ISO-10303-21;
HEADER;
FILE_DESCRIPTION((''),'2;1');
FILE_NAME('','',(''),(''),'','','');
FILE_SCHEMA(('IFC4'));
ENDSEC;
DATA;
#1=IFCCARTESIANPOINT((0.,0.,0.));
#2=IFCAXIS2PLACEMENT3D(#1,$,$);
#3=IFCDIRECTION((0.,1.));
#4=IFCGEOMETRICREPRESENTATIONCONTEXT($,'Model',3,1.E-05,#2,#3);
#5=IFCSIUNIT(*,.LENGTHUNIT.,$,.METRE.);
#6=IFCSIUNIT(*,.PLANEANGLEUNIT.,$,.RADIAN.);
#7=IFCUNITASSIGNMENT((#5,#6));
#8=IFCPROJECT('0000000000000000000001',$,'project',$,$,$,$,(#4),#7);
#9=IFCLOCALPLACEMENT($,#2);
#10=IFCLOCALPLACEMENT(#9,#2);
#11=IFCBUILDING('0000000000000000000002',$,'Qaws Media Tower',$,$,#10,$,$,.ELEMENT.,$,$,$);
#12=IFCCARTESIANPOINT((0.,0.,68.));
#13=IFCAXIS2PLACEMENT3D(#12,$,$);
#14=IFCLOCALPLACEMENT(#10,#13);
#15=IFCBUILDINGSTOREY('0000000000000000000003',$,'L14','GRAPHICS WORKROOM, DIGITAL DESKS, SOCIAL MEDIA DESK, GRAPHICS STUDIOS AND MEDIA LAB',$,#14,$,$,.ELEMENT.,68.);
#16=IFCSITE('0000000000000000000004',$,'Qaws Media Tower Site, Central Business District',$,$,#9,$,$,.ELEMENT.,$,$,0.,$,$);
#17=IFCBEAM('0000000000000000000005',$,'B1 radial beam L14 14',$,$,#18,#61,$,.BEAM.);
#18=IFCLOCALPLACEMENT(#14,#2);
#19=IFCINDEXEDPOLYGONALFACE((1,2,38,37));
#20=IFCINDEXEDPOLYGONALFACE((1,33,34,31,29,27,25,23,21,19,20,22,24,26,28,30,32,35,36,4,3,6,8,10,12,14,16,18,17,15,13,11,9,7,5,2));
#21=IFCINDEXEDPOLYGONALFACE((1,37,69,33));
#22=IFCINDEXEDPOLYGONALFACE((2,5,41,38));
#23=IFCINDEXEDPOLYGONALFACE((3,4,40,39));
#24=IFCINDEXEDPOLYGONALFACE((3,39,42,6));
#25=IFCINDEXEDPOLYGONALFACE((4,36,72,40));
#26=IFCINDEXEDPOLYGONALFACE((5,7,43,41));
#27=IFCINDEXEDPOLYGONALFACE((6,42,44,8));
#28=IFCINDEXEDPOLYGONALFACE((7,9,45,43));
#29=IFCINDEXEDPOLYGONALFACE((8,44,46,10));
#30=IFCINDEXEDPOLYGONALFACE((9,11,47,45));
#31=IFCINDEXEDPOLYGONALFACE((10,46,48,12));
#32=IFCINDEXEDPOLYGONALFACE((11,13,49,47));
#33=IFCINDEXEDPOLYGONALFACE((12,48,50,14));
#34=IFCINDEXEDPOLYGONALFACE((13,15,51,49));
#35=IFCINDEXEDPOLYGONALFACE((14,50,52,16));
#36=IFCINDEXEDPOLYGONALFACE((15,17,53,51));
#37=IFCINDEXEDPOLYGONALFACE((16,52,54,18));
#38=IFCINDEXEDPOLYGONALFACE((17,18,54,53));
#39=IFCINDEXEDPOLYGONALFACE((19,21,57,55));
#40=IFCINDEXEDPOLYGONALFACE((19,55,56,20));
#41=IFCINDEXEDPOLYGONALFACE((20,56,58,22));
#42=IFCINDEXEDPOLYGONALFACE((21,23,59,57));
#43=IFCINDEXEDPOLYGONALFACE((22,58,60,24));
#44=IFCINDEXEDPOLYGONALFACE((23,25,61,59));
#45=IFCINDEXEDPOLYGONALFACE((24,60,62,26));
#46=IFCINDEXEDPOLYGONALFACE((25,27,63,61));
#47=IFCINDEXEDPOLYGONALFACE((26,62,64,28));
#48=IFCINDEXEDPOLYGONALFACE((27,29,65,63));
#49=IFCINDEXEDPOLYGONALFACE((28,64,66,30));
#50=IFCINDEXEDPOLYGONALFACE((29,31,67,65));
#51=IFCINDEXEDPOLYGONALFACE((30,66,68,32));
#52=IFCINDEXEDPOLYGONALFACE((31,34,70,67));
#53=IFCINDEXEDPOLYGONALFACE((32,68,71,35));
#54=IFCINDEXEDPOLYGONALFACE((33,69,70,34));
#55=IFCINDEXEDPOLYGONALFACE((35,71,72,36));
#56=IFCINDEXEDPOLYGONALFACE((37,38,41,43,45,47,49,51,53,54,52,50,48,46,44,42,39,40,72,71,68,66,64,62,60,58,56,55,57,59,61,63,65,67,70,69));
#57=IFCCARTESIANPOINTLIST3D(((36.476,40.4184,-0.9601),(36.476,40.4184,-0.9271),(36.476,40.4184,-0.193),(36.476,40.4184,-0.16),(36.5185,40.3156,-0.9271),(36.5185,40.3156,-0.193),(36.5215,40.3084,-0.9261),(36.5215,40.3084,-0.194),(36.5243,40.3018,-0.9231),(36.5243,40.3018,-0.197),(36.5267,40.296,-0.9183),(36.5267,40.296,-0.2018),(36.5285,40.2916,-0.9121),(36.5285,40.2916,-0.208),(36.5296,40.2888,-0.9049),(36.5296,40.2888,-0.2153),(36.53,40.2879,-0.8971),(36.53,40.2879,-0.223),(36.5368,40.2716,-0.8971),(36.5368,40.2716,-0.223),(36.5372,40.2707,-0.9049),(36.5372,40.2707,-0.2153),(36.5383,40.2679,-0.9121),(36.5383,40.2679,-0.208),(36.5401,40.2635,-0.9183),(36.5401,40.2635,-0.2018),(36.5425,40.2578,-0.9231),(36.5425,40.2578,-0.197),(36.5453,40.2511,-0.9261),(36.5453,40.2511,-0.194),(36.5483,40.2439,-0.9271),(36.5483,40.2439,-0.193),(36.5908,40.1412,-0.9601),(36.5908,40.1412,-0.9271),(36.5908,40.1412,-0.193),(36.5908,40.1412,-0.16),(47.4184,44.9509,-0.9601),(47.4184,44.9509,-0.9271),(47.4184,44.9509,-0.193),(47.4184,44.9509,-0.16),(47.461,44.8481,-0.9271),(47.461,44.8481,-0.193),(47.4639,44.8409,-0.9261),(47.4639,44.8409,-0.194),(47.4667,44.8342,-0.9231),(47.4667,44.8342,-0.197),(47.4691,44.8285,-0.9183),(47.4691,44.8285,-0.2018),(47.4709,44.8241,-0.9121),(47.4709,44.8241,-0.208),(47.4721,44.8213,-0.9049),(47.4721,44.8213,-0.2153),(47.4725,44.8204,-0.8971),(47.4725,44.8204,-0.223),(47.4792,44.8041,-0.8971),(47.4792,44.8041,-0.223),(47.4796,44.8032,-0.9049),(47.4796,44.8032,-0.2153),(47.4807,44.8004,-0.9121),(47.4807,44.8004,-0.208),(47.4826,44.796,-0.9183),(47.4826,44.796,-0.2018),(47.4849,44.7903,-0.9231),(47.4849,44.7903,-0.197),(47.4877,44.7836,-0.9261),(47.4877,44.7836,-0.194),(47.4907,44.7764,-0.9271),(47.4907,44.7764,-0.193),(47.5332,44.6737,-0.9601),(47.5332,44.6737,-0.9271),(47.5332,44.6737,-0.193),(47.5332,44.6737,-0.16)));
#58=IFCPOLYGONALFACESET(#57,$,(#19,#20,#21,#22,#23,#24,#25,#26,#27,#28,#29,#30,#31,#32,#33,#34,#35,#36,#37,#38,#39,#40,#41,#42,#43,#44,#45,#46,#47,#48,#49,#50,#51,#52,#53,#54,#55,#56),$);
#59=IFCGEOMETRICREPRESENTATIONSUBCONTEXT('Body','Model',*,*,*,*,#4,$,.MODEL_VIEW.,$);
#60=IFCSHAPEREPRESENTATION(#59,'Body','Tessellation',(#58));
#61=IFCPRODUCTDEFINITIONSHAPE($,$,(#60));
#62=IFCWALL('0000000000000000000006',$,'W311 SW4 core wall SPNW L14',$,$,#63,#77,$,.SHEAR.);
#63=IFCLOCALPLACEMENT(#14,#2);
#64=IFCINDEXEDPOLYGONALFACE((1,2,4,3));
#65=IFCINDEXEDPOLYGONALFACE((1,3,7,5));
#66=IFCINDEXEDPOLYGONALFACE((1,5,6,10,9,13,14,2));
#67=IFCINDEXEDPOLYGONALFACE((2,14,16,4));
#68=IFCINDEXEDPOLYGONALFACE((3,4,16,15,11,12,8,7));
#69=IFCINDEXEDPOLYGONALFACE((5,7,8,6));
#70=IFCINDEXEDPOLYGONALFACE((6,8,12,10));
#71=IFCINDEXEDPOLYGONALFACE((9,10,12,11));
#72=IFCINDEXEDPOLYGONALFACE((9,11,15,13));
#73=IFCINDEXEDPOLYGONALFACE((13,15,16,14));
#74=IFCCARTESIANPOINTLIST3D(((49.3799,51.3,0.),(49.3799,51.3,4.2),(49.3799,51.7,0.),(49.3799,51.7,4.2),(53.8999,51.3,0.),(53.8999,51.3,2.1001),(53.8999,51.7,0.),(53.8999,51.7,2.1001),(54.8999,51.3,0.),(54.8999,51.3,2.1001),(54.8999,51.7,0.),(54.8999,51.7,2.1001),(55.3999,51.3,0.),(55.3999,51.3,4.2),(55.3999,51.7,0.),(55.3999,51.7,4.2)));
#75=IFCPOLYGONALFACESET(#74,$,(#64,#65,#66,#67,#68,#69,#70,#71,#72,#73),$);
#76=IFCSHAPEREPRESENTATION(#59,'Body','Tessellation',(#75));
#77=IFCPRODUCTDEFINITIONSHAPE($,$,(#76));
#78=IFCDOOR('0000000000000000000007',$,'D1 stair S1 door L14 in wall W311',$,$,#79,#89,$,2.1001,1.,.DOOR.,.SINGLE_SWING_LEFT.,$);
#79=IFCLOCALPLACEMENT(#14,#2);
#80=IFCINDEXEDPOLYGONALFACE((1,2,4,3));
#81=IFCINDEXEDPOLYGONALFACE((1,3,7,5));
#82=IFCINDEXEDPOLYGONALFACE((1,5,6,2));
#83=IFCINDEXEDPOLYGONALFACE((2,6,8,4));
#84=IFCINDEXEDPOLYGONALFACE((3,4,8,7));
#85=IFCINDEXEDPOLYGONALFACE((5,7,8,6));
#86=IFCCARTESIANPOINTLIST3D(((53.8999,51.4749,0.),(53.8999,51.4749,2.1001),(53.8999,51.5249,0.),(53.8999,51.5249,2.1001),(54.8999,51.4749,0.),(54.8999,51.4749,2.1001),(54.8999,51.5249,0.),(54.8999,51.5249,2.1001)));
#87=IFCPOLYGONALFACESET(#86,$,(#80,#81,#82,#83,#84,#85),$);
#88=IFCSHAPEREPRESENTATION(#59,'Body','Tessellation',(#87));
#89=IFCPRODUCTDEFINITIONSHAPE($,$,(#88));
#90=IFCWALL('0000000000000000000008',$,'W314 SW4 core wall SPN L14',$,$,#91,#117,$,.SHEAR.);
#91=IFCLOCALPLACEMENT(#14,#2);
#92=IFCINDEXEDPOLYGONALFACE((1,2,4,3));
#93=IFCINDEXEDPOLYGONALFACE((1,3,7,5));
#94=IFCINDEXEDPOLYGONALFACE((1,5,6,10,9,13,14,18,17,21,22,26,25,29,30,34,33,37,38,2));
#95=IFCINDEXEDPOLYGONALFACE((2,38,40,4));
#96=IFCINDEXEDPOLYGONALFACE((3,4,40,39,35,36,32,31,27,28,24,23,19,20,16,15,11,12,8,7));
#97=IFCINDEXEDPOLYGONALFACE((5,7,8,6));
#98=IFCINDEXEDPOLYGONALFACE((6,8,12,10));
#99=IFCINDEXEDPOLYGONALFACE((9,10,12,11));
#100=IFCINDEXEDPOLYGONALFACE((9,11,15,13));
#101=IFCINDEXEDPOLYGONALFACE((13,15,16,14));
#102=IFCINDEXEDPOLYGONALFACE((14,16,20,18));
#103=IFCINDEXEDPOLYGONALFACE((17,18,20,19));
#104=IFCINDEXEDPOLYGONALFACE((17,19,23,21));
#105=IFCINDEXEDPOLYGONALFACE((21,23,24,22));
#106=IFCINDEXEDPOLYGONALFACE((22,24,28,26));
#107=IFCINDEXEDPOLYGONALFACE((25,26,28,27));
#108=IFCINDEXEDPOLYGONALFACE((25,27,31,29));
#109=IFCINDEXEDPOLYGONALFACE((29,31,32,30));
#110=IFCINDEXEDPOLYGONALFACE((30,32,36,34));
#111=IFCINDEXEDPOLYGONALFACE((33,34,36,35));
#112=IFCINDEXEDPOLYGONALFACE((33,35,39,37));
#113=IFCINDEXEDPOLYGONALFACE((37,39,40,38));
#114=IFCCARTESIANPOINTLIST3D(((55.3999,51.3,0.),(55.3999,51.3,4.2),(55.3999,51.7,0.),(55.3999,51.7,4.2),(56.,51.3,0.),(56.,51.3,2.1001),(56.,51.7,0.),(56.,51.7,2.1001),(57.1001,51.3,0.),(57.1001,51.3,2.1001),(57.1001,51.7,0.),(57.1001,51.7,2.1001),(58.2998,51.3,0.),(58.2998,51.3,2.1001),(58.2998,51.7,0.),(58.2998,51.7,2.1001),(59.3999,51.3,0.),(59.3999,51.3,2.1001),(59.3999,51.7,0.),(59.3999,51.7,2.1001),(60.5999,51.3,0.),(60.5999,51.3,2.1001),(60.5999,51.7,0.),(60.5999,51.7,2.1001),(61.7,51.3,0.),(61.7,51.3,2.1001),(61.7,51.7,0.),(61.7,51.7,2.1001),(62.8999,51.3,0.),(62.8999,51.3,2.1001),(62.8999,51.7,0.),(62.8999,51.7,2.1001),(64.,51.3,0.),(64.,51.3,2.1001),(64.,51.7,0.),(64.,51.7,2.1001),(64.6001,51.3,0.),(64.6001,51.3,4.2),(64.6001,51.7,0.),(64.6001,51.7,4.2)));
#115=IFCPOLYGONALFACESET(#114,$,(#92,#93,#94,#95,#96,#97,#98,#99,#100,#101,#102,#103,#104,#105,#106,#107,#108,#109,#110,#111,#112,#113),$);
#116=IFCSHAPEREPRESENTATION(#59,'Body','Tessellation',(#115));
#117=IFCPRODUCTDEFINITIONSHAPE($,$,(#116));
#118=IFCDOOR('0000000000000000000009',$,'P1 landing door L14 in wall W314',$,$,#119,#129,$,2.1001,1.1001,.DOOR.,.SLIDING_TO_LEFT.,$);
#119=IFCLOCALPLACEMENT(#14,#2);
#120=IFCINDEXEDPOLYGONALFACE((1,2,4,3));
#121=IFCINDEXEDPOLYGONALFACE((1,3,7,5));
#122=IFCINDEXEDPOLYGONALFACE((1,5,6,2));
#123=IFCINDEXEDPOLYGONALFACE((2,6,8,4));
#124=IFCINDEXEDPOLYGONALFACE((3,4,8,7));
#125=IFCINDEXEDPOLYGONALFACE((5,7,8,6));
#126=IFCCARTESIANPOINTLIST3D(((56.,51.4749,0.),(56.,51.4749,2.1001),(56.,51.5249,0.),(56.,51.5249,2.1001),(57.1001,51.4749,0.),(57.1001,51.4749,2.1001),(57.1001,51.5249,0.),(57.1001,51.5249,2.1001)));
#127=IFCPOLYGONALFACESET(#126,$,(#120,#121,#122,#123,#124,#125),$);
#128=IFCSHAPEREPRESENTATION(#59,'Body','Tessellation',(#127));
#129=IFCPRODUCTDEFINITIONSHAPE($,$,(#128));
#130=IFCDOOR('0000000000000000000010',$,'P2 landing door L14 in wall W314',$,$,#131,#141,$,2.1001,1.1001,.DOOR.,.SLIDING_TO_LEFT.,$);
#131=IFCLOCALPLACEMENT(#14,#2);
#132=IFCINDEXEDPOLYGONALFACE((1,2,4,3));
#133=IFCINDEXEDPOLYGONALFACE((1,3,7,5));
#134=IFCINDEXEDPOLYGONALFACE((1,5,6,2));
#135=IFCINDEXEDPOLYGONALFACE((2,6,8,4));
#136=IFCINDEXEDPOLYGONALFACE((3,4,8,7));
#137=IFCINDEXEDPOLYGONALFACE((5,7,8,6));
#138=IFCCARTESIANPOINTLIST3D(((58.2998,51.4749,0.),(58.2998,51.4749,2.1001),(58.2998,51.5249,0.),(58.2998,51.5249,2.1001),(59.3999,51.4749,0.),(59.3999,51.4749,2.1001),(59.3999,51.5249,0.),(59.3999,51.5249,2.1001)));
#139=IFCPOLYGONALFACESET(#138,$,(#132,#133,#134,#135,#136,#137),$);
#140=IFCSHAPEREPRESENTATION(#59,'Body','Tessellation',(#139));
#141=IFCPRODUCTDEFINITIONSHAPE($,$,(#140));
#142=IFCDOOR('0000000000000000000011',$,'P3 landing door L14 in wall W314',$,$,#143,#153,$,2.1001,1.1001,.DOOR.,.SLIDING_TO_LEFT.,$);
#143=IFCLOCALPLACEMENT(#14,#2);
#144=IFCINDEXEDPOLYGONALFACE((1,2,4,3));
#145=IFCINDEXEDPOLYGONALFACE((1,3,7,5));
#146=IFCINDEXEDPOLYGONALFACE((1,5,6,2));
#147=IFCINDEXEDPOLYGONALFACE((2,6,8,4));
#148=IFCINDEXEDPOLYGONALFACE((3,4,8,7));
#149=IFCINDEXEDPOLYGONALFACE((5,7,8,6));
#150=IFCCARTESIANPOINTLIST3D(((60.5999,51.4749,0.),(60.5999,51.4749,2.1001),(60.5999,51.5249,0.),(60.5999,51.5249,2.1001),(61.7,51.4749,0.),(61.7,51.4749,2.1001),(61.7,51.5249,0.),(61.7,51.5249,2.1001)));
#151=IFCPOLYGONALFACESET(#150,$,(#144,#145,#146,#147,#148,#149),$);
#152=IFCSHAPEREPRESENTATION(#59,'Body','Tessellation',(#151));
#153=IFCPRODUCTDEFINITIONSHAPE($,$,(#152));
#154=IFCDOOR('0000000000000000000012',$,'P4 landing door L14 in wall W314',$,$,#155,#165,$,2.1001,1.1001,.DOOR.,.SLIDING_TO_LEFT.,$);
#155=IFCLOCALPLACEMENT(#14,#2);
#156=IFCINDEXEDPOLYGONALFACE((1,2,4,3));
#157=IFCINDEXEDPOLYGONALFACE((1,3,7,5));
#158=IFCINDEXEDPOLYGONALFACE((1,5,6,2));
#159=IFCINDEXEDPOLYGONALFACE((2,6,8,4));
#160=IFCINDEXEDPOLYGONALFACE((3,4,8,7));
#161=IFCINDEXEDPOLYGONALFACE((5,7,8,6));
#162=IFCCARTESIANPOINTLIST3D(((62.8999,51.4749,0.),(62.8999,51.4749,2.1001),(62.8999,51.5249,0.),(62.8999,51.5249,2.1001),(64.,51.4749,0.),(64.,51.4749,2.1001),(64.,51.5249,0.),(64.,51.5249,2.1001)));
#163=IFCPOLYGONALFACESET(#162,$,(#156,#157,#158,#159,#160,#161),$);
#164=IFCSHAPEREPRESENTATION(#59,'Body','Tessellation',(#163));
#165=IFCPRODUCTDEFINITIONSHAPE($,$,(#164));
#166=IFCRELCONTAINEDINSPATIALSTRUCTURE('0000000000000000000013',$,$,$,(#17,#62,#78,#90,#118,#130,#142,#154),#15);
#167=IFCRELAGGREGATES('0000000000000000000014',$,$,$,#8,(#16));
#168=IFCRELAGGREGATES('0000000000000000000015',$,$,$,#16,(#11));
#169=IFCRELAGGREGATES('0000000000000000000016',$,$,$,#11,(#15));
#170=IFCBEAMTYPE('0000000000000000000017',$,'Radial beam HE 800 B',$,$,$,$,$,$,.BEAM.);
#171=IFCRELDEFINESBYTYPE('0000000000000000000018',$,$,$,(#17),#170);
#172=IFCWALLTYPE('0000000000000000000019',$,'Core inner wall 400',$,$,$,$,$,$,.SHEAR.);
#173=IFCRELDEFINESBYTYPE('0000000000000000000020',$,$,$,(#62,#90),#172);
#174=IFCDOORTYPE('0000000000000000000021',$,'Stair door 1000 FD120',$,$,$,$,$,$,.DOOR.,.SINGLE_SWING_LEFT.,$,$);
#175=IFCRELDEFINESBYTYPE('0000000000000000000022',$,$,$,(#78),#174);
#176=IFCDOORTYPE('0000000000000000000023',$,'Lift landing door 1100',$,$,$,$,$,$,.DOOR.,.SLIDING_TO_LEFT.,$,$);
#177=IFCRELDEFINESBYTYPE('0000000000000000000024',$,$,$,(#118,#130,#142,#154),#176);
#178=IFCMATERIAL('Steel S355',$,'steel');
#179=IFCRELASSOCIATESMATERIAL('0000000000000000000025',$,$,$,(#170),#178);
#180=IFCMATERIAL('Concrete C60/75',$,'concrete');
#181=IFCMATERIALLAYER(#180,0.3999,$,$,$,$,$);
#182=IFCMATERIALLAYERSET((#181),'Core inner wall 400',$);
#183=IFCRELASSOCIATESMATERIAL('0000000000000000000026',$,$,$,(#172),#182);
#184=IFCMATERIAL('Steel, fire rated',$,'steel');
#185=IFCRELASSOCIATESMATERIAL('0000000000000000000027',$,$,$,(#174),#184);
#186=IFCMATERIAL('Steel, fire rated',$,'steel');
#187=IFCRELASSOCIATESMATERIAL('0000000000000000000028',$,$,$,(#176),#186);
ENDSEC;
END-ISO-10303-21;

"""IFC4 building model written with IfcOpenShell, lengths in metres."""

from ifc_helpers import new_model, si_unit, direction, frame, frame_2d, origin, origin_2d, place, context, subcontext, project, spatial, rectangle, i_section, extrude, material, layer, layer_set, material_profile, profile_set, type_object, element, fill, save


model = new_model("IFC4")

# Units and contexts
model_context = context("Model", 3, precision=1e-05, world=origin(), true_north=direction((0.0, 1.0)))
body_context = subcontext(model_context, "Body", "Model", "MODEL_VIEW")
ifc_project = project(units=[si_unit("LENGTHUNIT", "METRE"), si_unit("PLANEANGLEUNIT", "RADIAN")], contexts=[model_context])

# Site, building, storey
site_placement = place(None, origin())
site = spatial("IfcSite", under=ifc_project, at=site_placement, Name="Qaws Media Tower Site, Central Business District", CompositionType="ELEMENT", RefElevation=0.0)
building_placement = place(site_placement, origin())
building = spatial("IfcBuilding", under=site, at=building_placement, Name="Qaws Media Tower", CompositionType="ELEMENT")
storey_placement = place(building_placement, frame((0.0, 0.0, 68.0)))
storey = spatial("IfcBuildingStorey", under=building, at=storey_placement, Name="L14", Description="GRAPHICS WORKROOM, DIGITAL DESKS, SOCIAL MEDIA DESK, GRAPHICS STUDIOS AND MEDIA LAB", CompositionType="ELEMENT", Elevation=68.0)

# Beam
ifc_material_1 = material(Name="Steel S355", Category="steel")
ifc_material_profile = material_profile(ifc_material_1, i_section(OverallWidth=0.3, OverallDepth=0.8, WebThickness=0.0176, FlangeThickness=0.033, FilletRadius=0.03, at=origin_2d()), Name="HE 800 B")
ifc_profile_set = profile_set([ifc_material_profile], Name="Steel S355")
beam_type = type_object("IfcBeamType", Name="Radial beam HE 800 B", PredefinedType="BEAM", material=ifc_profile_set)
beam_placement = place(storey_placement, frame((47.4758, 44.8123, -0.5601), z_axis=(-0.92388, -0.382683, 0.0), x_axis=(0.382683, -0.92388, 0.0)))
element("IfcBeam", 1, at=beam_placement, inside=storey, type_object=beam_type, Name="B1 radial beam L14 14", PredefinedType="BEAM", context=body_context, shape_type="SweptSolid", body=[
    extrude(i_section(OverallWidth=0.3, OverallDepth=0.8, WebThickness=0.0176, FlangeThickness=0.033, FilletRadius=0.03, at=origin_2d()), origin(), (0.0, 0.0, 1.0), 11.844),
])

# Wall, opening, door
ifc_material_2 = material(Name="Concrete C60/75", Category="concrete")
ifc_layer_1 = layer(ifc_material_2, 0.3999)
ifc_layer_set_1 = layer_set([ifc_layer_1], Name="Core inner wall 400")
wall_type_1 = type_object("IfcWallType", Name="Core inner wall 400", PredefinedType="SHEAR", material=ifc_layer_set_1)
wall_1_placement = place(storey_placement, frame((49.3799, 51.5, 0.0), z_axis=(0.0, 0.0, 1.0), x_axis=(1.0, 0.0, 0.0)))
wall_1 = element("IfcWall", 2, at=wall_1_placement, inside=storey, type_object=wall_type_1, Name="W311 SW4 core wall SPNW L14", PredefinedType="SHEAR", context=body_context, shape_type="SweptSolid", body=[
    extrude(rectangle(XDim=6.02, YDim=0.3999, at=frame_2d((3.01, 0.0))), origin(), (0.0, 0.0, 1.0), 4.2),
])
opening_1_placement = place(wall_1_placement, frame((4.52, 0.0, 0.0)))
opening_1 = element("IfcOpeningElement", 3, at=opening_1_placement, cuts=wall_1, PredefinedType="OPENING", context=body_context, shape_type="SweptSolid", body=[
    extrude(rectangle(XDim=1.0, YDim=2.1001, at=frame_2d((0.5, 1.05))), frame((0.0, 0.21, 0.0), z_axis=(0.0, -1.0, 0.0), x_axis=(1.0, 0.0, 0.0)), (0.0, 0.0, 1.0), 0.4199),
])
ifc_material_3 = material(Name="Steel, fire rated", Category="steel")
door_type_1 = type_object("IfcDoorType", Name="Stair door 1000 FD120", OperationType="SINGLE_SWING_LEFT", PredefinedType="DOOR", material=ifc_material_3)
door_1_placement = place(opening_1_placement, origin())
door_1 = element("IfcDoor", 4, at=door_1_placement, inside=storey, type_object=door_type_1, Name="D1 stair S1 door L14 in wall W311", OperationType="SINGLE_SWING_LEFT", OverallHeight=2.1001, OverallWidth=1.0, PredefinedType="DOOR", context=body_context, shape_type="SweptSolid", body=[
    extrude(rectangle(XDim=1.0, YDim=2.1001, at=frame_2d((0.5, 1.05))), frame((0.0, 0.0249, 0.0), z_axis=(0.0, -1.0, 0.0), x_axis=(1.0, 0.0, 0.0)), (0.0, 0.0, 1.0), 0.05),
])
fill(opening_1, door_1)

# Wall, openings, doors
wall_2_placement = place(storey_placement, frame((55.3999, 51.5, 0.0), z_axis=(0.0, 0.0, 1.0), x_axis=(1.0, 0.0, 0.0)))
wall_2 = element("IfcWall", 5, at=wall_2_placement, inside=storey, type_object=wall_type_1, Name="W314 SW4 core wall SPN L14", PredefinedType="SHEAR", context=body_context, shape_type="SweptSolid", body=[
    extrude(rectangle(XDim=9.2002, YDim=0.3999, at=frame_2d((4.6001, 0.0))), origin(), (0.0, 0.0, 1.0), 4.2),
])
opening_2_placement = place(wall_2_placement, frame((0.6001, 0.0, 0.0)))
opening_2 = element("IfcOpeningElement", 6, at=opening_2_placement, cuts=wall_2, PredefinedType="OPENING", context=body_context, shape_type="SweptSolid", body=[
    extrude(rectangle(XDim=1.1001, YDim=2.1001, at=frame_2d((0.55, 1.05))), frame((0.0, 0.21, 0.0), z_axis=(0.0, -1.0, 0.0), x_axis=(1.0, 0.0, 0.0)), (0.0, 0.0, 1.0), 0.4199),
])
opening_3_placement = place(wall_2_placement, frame((2.8999, 0.0, 0.0)))
opening_3 = element("IfcOpeningElement", 7, at=opening_3_placement, cuts=wall_2, PredefinedType="OPENING", context=body_context, shape_type="SweptSolid", body=[
    extrude(rectangle(XDim=1.1001, YDim=2.1001, at=frame_2d((0.55, 1.05))), frame((0.0, 0.21, 0.0), z_axis=(0.0, -1.0, 0.0), x_axis=(1.0, 0.0, 0.0)), (0.0, 0.0, 1.0), 0.4199),
])
opening_4_placement = place(wall_2_placement, frame((5.2, 0.0, 0.0)))
opening_4 = element("IfcOpeningElement", 8, at=opening_4_placement, cuts=wall_2, PredefinedType="OPENING", context=body_context, shape_type="SweptSolid", body=[
    extrude(rectangle(XDim=1.1001, YDim=2.1001, at=frame_2d((0.55, 1.05))), frame((0.0, 0.21, 0.0), z_axis=(0.0, -1.0, 0.0), x_axis=(1.0, 0.0, 0.0)), (0.0, 0.0, 1.0), 0.4199),
])
opening_5_placement = place(wall_2_placement, frame((7.5, 0.0, 0.0)))
opening_5 = element("IfcOpeningElement", 9, at=opening_5_placement, cuts=wall_2, PredefinedType="OPENING", context=body_context, shape_type="SweptSolid", body=[
    extrude(rectangle(XDim=1.1001, YDim=2.1001, at=frame_2d((0.55, 1.05))), frame((0.0, 0.21, 0.0), z_axis=(0.0, -1.0, 0.0), x_axis=(1.0, 0.0, 0.0)), (0.0, 0.0, 1.0), 0.4199),
])
ifc_material_4 = material(Name="Steel, fire rated", Category="steel")
door_type_2 = type_object("IfcDoorType", Name="Lift landing door 1100", OperationType="SLIDING_TO_LEFT", PredefinedType="DOOR", material=ifc_material_4)
door_2_placement = place(opening_2_placement, origin())
door_2 = element("IfcDoor", 10, at=door_2_placement, inside=storey, type_object=door_type_2, Name="P1 landing door L14 in wall W314", OperationType="SLIDING_TO_LEFT", OverallHeight=2.1001, OverallWidth=1.1001, PredefinedType="DOOR", context=body_context, shape_type="SweptSolid", body=[
    extrude(rectangle(XDim=1.1001, YDim=2.1001, at=frame_2d((0.55, 1.05))), frame((0.0, 0.0249, 0.0), z_axis=(0.0, -1.0, 0.0), x_axis=(1.0, 0.0, 0.0)), (0.0, 0.0, 1.0), 0.05),
])
fill(opening_2, door_2)
door_3_placement = place(opening_3_placement, origin())
door_3 = element("IfcDoor", 11, at=door_3_placement, inside=storey, type_object=door_type_2, Name="P2 landing door L14 in wall W314", OperationType="SLIDING_TO_LEFT", OverallHeight=2.1001, OverallWidth=1.1001, PredefinedType="DOOR", context=body_context, shape_type="SweptSolid", body=[
    extrude(rectangle(XDim=1.1001, YDim=2.1001, at=frame_2d((0.55, 1.05))), frame((0.0, 0.0249, 0.0), z_axis=(0.0, -1.0, 0.0), x_axis=(1.0, 0.0, 0.0)), (0.0, 0.0, 1.0), 0.05),
])
fill(opening_3, door_3)
door_4_placement = place(opening_4_placement, origin())
door_4 = element("IfcDoor", 12, at=door_4_placement, inside=storey, type_object=door_type_2, Name="P3 landing door L14 in wall W314", OperationType="SLIDING_TO_LEFT", OverallHeight=2.1001, OverallWidth=1.1001, PredefinedType="DOOR", context=body_context, shape_type="SweptSolid", body=[
    extrude(rectangle(XDim=1.1001, YDim=2.1001, at=frame_2d((0.55, 1.05))), frame((0.0, 0.0249, 0.0), z_axis=(0.0, -1.0, 0.0), x_axis=(1.0, 0.0, 0.0)), (0.0, 0.0, 1.0), 0.05),
])
fill(opening_4, door_4)
door_5_placement = place(opening_5_placement, origin())
door_5 = element("IfcDoor", 13, at=door_5_placement, inside=storey, type_object=door_type_2, Name="P4 landing door L14 in wall W314", OperationType="SLIDING_TO_LEFT", OverallHeight=2.1001, OverallWidth=1.1001, PredefinedType="DOOR", context=body_context, shape_type="SweptSolid", body=[
    extrude(rectangle(XDim=1.1001, YDim=2.1001, at=frame_2d((0.55, 1.05))), frame((0.0, 0.0249, 0.0), z_axis=(0.0, -1.0, 0.0), x_axis=(1.0, 0.0, 0.0)), (0.0, 0.0, 1.0), 0.05),
])
fill(opening_5, door_5)

save(model, "model.ifc")
